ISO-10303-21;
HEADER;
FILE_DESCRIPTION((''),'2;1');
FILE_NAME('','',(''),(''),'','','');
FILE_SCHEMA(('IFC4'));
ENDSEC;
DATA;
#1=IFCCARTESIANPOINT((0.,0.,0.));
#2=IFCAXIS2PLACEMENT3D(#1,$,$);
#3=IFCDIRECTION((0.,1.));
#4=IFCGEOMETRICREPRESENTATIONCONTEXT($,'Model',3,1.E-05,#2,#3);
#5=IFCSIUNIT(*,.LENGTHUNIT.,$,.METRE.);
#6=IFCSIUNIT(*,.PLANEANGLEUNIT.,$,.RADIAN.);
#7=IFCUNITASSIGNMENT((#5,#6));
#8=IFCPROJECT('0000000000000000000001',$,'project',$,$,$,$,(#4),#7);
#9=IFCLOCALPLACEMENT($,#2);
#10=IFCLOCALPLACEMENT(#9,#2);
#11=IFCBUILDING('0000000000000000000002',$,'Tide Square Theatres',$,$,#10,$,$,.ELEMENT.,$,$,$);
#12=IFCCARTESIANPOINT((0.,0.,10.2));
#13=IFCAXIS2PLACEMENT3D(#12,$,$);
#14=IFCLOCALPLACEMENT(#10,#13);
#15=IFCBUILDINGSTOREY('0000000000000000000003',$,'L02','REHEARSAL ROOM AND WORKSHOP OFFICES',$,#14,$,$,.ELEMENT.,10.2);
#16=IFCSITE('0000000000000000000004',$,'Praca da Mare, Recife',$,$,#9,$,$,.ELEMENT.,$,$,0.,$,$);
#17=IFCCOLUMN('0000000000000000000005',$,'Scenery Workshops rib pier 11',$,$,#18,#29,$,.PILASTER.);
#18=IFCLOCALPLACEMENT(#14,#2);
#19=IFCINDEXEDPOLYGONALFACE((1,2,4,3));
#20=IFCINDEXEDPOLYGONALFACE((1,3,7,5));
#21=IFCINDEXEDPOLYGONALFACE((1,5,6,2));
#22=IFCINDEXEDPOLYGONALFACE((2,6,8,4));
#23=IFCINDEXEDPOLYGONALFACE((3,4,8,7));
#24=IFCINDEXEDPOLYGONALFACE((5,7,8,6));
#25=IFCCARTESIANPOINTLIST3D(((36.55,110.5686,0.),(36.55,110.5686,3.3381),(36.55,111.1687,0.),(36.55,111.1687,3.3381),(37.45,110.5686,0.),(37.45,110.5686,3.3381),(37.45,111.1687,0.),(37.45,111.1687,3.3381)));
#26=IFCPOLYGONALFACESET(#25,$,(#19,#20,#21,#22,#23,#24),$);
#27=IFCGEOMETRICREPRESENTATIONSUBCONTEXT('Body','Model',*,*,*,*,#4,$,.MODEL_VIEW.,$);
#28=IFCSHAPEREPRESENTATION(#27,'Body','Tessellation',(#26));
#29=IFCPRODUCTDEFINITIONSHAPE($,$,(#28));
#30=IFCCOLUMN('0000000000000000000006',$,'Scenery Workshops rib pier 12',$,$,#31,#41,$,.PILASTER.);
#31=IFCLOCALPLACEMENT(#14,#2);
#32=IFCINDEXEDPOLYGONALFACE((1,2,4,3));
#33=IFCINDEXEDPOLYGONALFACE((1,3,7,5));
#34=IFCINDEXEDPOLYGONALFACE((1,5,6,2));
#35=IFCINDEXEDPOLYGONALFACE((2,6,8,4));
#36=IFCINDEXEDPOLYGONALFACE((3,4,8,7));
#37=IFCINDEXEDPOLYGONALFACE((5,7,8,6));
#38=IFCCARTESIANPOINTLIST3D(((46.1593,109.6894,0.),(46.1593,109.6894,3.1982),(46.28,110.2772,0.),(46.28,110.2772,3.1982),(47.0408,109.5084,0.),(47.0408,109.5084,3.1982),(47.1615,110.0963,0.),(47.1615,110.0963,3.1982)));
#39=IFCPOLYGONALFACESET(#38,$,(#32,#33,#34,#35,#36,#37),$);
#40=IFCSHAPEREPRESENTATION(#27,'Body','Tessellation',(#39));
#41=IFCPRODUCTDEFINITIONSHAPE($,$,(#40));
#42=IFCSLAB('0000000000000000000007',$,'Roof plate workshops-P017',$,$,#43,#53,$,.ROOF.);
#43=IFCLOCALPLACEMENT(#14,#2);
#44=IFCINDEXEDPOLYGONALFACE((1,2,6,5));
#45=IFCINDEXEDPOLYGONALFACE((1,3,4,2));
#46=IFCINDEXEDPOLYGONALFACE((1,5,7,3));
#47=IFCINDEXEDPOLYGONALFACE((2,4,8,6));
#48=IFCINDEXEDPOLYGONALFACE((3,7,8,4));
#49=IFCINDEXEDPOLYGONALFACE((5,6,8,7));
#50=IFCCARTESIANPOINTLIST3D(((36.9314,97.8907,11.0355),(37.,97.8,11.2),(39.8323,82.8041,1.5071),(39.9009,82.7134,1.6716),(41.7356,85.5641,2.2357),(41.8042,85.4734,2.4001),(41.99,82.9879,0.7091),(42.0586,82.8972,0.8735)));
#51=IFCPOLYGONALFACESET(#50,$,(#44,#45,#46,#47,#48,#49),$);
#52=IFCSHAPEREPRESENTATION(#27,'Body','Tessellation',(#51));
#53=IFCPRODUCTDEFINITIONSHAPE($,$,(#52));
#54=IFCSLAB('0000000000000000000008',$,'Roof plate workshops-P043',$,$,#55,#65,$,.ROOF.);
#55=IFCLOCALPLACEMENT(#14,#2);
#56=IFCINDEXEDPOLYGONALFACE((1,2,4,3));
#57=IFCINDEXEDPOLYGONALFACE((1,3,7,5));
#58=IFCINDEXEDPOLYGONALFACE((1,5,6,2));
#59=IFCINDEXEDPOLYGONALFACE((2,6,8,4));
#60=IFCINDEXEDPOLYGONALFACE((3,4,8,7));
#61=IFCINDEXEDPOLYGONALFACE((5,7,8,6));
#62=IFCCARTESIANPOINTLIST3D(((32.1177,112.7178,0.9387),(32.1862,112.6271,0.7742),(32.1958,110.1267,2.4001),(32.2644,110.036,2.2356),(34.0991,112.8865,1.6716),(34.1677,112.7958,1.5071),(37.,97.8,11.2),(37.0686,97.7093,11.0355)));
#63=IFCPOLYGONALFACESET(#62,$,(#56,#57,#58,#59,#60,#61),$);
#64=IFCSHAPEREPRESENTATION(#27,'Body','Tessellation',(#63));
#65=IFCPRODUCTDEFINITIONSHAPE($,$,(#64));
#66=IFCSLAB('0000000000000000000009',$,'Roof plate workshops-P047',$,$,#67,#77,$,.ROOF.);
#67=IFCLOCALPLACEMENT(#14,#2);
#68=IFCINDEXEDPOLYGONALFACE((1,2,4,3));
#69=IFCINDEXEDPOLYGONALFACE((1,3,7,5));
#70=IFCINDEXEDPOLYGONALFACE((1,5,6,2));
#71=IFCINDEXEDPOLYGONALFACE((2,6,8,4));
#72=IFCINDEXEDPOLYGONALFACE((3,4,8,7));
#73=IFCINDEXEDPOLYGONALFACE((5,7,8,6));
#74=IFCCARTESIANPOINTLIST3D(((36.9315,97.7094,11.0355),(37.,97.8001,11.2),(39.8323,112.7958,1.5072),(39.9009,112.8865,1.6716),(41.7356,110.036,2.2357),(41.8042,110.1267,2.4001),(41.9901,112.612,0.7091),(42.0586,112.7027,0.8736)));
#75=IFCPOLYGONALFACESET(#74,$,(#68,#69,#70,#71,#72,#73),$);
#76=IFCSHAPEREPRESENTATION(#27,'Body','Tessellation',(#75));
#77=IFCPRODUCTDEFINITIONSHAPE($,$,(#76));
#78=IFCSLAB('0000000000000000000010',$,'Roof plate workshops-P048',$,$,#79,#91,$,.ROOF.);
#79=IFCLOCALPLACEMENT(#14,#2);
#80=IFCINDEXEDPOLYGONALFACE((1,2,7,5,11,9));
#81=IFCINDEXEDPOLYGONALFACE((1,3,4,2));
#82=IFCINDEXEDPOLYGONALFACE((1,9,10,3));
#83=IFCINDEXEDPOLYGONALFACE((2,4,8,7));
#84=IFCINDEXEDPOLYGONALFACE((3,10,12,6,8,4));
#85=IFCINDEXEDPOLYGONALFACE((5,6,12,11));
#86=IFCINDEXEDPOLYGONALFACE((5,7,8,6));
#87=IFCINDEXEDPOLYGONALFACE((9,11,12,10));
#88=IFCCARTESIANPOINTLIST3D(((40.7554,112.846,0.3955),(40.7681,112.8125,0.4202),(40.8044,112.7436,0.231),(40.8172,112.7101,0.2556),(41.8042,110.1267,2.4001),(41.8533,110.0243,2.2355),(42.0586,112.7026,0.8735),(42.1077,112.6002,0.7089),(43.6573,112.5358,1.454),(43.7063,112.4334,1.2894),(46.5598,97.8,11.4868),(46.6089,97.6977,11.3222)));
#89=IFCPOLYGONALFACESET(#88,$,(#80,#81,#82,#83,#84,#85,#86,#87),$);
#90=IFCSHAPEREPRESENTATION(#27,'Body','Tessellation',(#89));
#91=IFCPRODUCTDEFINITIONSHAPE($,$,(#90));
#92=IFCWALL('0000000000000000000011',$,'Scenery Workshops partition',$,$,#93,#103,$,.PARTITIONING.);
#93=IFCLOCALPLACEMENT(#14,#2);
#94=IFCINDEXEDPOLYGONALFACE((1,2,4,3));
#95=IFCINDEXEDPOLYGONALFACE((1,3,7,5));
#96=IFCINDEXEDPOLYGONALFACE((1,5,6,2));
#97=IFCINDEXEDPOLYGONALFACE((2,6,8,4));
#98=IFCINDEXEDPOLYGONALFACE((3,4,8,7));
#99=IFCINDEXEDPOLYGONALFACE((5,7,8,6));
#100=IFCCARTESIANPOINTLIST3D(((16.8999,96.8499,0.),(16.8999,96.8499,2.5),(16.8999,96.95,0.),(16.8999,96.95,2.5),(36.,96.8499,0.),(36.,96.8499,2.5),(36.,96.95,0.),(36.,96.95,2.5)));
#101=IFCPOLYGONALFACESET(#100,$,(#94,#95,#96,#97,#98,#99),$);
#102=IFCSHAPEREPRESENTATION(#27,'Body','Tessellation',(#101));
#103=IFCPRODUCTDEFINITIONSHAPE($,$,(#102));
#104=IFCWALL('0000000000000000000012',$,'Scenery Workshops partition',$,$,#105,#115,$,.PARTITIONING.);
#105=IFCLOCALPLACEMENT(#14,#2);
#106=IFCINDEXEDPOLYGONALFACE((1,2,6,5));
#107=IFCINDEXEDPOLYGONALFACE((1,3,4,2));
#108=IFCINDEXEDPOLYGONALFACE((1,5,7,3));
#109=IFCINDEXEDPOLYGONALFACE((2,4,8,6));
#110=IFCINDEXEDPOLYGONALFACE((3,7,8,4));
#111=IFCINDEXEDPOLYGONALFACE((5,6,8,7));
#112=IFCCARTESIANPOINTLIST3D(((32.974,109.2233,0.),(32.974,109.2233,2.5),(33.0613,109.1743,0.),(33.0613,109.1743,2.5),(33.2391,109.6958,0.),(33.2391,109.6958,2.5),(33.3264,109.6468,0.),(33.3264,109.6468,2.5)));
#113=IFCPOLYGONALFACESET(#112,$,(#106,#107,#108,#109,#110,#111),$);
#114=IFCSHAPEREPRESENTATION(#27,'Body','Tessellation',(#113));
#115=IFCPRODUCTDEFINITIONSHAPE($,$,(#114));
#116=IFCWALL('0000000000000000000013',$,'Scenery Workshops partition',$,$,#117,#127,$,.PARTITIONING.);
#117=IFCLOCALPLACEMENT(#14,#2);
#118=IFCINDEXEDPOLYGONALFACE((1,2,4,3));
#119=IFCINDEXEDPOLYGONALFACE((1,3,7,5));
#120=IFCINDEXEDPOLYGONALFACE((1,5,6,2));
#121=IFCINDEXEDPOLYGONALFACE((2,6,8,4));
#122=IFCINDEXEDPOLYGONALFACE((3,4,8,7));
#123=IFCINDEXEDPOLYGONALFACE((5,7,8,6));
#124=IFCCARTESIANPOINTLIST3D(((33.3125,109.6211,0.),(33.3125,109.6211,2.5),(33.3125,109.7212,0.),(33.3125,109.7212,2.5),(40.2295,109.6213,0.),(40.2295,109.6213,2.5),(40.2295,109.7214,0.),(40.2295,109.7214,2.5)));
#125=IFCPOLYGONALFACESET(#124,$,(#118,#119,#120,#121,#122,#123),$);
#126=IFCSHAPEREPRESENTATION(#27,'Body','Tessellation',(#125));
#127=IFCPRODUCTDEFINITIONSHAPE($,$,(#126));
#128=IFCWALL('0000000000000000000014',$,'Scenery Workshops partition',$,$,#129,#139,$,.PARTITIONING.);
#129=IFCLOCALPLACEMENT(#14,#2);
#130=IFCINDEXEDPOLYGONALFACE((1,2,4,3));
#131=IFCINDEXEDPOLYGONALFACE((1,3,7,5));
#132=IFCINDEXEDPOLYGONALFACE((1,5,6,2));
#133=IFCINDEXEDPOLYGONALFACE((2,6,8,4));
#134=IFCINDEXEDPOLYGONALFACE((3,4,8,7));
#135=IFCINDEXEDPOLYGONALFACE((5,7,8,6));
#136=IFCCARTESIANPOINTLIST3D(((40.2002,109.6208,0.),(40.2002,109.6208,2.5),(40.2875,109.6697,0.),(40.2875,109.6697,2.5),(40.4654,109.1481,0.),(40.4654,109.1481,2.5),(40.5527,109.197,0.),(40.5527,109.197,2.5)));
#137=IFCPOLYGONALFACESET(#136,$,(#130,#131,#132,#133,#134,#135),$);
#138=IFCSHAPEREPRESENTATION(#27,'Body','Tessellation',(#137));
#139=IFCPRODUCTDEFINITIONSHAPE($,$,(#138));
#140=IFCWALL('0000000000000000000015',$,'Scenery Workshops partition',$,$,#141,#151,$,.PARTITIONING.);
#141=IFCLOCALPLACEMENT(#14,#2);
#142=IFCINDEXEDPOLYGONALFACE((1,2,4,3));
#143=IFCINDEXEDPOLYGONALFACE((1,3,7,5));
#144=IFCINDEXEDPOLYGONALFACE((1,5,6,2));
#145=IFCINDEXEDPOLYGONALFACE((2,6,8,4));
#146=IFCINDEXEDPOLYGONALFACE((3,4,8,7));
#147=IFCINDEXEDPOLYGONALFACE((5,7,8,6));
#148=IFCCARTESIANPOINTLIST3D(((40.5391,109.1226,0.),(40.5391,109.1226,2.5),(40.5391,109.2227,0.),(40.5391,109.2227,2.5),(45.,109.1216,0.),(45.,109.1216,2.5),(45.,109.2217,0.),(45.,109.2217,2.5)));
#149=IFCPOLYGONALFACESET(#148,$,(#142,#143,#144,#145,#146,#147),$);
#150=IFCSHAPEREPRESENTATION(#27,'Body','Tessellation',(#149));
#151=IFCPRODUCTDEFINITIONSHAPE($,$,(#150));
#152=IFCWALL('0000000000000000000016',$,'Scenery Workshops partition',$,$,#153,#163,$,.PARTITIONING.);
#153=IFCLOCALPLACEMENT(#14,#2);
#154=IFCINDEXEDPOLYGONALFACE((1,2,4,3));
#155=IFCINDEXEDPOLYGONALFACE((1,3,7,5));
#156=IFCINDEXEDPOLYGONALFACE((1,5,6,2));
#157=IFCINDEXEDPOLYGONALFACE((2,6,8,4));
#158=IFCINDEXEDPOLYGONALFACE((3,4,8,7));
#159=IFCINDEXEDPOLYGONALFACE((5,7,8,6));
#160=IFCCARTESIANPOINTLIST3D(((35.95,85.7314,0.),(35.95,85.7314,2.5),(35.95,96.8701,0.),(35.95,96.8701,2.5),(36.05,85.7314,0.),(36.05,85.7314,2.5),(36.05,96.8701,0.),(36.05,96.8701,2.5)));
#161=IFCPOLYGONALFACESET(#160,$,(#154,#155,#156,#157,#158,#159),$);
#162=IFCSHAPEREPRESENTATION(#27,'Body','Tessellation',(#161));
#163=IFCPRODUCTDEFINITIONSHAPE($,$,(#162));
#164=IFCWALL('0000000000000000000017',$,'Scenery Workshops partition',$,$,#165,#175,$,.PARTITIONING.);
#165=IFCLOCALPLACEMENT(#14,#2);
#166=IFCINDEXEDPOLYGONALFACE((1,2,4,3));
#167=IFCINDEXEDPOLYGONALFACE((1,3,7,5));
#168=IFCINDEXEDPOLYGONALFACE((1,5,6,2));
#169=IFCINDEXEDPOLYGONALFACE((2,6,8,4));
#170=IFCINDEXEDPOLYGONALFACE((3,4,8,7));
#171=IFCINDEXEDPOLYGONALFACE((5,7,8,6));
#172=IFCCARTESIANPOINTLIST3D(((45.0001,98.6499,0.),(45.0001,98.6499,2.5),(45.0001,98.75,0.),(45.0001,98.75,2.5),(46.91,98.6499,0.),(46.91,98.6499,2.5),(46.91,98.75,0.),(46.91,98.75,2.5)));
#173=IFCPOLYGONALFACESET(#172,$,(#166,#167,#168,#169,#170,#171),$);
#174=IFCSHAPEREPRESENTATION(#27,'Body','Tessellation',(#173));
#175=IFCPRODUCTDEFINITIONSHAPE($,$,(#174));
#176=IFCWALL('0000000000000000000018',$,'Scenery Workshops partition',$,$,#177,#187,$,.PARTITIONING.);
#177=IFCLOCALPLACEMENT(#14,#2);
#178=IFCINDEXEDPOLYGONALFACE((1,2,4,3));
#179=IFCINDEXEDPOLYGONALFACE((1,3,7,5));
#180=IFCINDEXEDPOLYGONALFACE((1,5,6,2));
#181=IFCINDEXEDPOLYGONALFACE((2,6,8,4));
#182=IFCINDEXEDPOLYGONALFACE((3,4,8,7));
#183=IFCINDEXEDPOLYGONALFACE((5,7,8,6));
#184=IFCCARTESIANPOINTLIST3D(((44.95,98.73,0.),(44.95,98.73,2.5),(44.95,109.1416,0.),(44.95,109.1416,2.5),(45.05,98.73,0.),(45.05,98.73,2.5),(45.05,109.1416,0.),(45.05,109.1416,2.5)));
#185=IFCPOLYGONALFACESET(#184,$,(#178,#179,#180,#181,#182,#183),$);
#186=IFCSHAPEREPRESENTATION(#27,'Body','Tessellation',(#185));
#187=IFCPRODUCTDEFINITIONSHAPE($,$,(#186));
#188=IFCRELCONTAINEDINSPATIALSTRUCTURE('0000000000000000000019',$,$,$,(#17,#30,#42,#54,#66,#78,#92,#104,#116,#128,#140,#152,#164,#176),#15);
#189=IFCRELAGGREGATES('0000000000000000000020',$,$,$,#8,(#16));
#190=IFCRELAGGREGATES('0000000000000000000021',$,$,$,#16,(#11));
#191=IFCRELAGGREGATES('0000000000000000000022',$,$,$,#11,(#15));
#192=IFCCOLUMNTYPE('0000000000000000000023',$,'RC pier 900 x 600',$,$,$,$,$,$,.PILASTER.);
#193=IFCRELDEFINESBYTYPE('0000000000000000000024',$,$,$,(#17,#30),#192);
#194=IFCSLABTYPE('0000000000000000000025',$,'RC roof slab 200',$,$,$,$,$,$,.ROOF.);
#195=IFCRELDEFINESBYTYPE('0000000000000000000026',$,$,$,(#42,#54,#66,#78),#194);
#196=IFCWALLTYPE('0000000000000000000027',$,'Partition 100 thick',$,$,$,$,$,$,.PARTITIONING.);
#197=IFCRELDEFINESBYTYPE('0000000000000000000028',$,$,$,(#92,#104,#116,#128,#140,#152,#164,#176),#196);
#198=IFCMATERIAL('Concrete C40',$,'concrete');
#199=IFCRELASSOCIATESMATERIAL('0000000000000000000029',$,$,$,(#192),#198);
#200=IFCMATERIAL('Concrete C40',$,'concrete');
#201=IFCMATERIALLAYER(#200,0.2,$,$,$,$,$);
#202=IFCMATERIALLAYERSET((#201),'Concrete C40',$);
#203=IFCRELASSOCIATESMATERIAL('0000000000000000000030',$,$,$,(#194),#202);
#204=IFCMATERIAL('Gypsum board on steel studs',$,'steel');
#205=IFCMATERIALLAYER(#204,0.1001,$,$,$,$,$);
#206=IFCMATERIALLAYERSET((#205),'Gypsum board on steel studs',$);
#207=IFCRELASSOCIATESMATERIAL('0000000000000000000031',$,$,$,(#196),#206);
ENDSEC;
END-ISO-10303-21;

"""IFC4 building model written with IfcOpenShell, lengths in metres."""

from ifc_helpers import new_model, si_unit, direction, frame, frame_2d, origin, origin_2d, place, context, subcontext, project, spatial, polyline, rectangle, outline, extrude, material, layer, layer_set, material_profile, profile_set, type_object, element, save


model = new_model("IFC4")

# Units and contexts
model_context = context("Model", 3, precision=1e-05, world=origin(), true_north=direction((0.0, 1.0)))
body_context = subcontext(model_context, "Body", "Model", "MODEL_VIEW")
ifc_project = project(units=[si_unit("LENGTHUNIT", "METRE"), si_unit("PLANEANGLEUNIT", "RADIAN")], contexts=[model_context])

# Site, building, storey
site_placement = place(None, origin())
site = spatial("IfcSite", under=ifc_project, at=site_placement, Name="Praca da Mare, Recife", CompositionType="ELEMENT", RefElevation=0.0)
building_placement = place(site_placement, origin())
building = spatial("IfcBuilding", under=site, at=building_placement, Name="Tide Square Theatres", CompositionType="ELEMENT")
storey_placement = place(building_placement, frame((0.0, 0.0, 10.2)))
storey = spatial("IfcBuildingStorey", under=building, at=storey_placement, Name="L02", Description="REHEARSAL ROOM AND WORKSHOP OFFICES", CompositionType="ELEMENT", Elevation=10.2)

# Columns
ifc_material_1 = material(Name="Concrete C40", Category="concrete")
ifc_material_profile = material_profile(ifc_material_1, rectangle(XDim=0.8999, YDim=0.6001, at=origin_2d()))
ifc_profile_set = profile_set([ifc_material_profile], Name="Concrete C40")
column_type = type_object("IfcColumnType", Name="RC pier 900 x 600", PredefinedType="PILASTER", material=ifc_profile_set)
column_1_placement = place(storey_placement, frame((37.0, 110.8687, 0.0), z_axis=(0.0, 0.0, 1.0), x_axis=(-1.0, 0.0, 0.0)))
element("IfcColumn", 1, at=column_1_placement, inside=storey, type_object=column_type, Name="Scenery Workshops rib pier 11", PredefinedType="PILASTER", context=body_context, shape_type="SweptSolid", body=[
    extrude(rectangle(XDim=0.8999, YDim=0.6001, at=origin_2d()), origin(), (0.0, 0.0, 1.0), 3.3381),
])
column_2_placement = place(storey_placement, frame((46.6604, 109.8928, 0.0), z_axis=(0.0, 0.0, 1.0), x_axis=(-0.979575, 0.201079, 0.0)))
element("IfcColumn", 2, at=column_2_placement, inside=storey, type_object=column_type, Name="Scenery Workshops rib pier 12", PredefinedType="PILASTER", context=body_context, shape_type="SweptSolid", body=[
    extrude(rectangle(XDim=0.8999, YDim=0.6001, at=origin_2d()), origin(), (0.0, 0.0, 1.0), 3.1982),
])

# Slabs
ifc_material_2 = material(Name="Concrete C40", Category="concrete")
ifc_layer_1 = layer(ifc_material_2, 0.2)
ifc_layer_set_1 = layer_set([ifc_layer_1], Name="Concrete C40")
slab_type = type_object("IfcSlabType", Name="RC roof slab 200", PredefinedType="ROOF", material=ifc_layer_set_1)
slab_1_placement = place(storey_placement, frame((37.0, 97.8, 11.2), z_axis=(0.342904, -0.453597, 0.822598), x_axis=(0.160465, -0.834535, -0.52707)))
element("IfcSlab", 3, at=slab_1_placement, inside=storey, type_object=slab_type, Name="Roof plate workshops-P017", PredefinedType="ROOF", context=body_context, shape_type="SweptSolid", body=[
    extrude(outline(polyline([(0.0, 0.0), (18.0779, 0.0), (18.6914, 2.2249), (15.696, 2.4693), (0.0, 0.0)])), origin(), (0.0, 0.0, -1.0), 0.2),
])
slab_2_placement = place(storey_placement, frame((37.0, 97.8, 11.2), z_axis=(-0.34287, 0.453615, 0.822602), x_axis=(-0.160466, 0.83453, -0.527077)))
element("IfcSlab", 4, at=slab_2_placement, inside=storey, type_object=slab_type, Name="Roof plate workshops-P043", PredefinedType="ROOF", context=body_context, shape_type="SweptSolid", body=[
    extrude(outline(polyline([(0.0, 0.0), (18.0777, 0.0), (18.6412, 2.0431), (15.6961, 2.4693), (0.0, 0.0)])), origin(), (0.0, 0.0, -1.0), 0.2),
])
slab_3_placement = place(storey_placement, frame((39.9009, 112.8865, 1.6716), z_axis=(0.342873, 0.453616, 0.8226), x_axis=(-0.160465, -0.834529, 0.527079)))
element("IfcSlab", 5, at=slab_3_placement, inside=storey, type_object=slab_type, Name="Roof plate workshops-P047", PredefinedType="ROOF", context=body_context, shape_type="SweptSolid", body=[
    extrude(outline(polyline([(0.0, 0.0), (18.0777, 0.0), (2.3817, 2.4693), (-0.6135, 2.2249), (0.0, 0.0)])), origin(), (0.0, 0.0, -1.0), 0.2),
])
slab_4_placement = place(storey_placement, frame((46.5598, 97.8, 11.4868), z_axis=(-0.245502, 0.512061, 0.823118), x_axis=(-0.160702, 0.815857, -0.555474)))
element("IfcSlab", 6, at=slab_4_placement, inside=storey, type_object=slab_type, Name="Roof plate workshops-P048", PredefinedType="ROOF", context=body_context, shape_type="SweptSolid", body=[
    extrude(outline(polyline([(0.0, 0.0), (18.0617, 0.0), (19.369, 2.8157), (19.326, 2.8097), (18.7771, 1.552), (15.8684, 2.307), (0.0, 0.0)])), origin(), (0.0, 0.0, -1.0), 0.2),
])

# Walls
ifc_material_3 = material(Name="Gypsum board on steel studs", Category="steel")
ifc_layer_2 = layer(ifc_material_3, 0.1001)
ifc_layer_set_2 = layer_set([ifc_layer_2], Name="Gypsum board on steel studs")
wall_type_1 = type_object("IfcWallType", Name="Partition 100 thick", PredefinedType="PARTITIONING", material=ifc_layer_set_2)
wall_1_placement = place(storey_placement, frame((36.0, 96.8999, 0.0), z_axis=(0.0, 0.0, 1.0), x_axis=(-1.0, 0.0, 0.0)))
element("IfcWall", 7, at=wall_1_placement, inside=storey, type_object=wall_type_1, Name="Scenery Workshops partition", PredefinedType="PARTITIONING", context=body_context, shape_type="SweptSolid", body=[
    extrude(rectangle(XDim=19.1001, YDim=0.1001, at=frame_2d((9.55, 0.0))), origin(), (0.0, 0.0, 1.0), 2.5),
])
wall_2_placement = place(storey_placement, frame((33.0176, 109.1987, 0.0), z_axis=(0.0, 0.0, 1.0), x_axis=(0.489427, 0.872045, 0.0)))
element("IfcWall", 8, at=wall_2_placement, inside=storey, type_object=wall_type_1, Name="Scenery Workshops partition", PredefinedType="PARTITIONING", context=body_context, shape_type="SweptSolid", body=[
    extrude(rectangle(XDim=0.5417, YDim=0.1001, at=frame_2d((0.271, 0.0))), origin(), (0.0, 0.0, 1.0), 2.5),
])
wall_3_placement = place(storey_placement, frame((33.3125, 109.6711, 0.0), z_axis=(0.0, 0.0, 1.0), x_axis=(1.0, 0.000035, 0.0)))
element("IfcWall", 9, at=wall_3_placement, inside=storey, type_object=wall_type_1, Name="Scenery Workshops partition", PredefinedType="PARTITIONING", context=body_context, shape_type="SweptSolid", body=[
    extrude(rectangle(XDim=6.917, YDim=0.1001, at=frame_2d((3.4585, 0.0))), origin(), (0.0, 0.0, 1.0), 2.5),
])
wall_4_placement = place(storey_placement, frame((40.2439, 109.6453, 0.0), z_axis=(0.0, 0.0, 1.0), x_axis=(0.489234, -0.872152, 0.0)))
element("IfcWall", 10, at=wall_4_placement, inside=storey, type_object=wall_type_1, Name="Scenery Workshops partition", PredefinedType="PARTITIONING", context=body_context, shape_type="SweptSolid", body=[
    extrude(rectangle(XDim=0.542, YDim=0.1001, at=frame_2d((0.271, 0.0))), origin(), (0.0, 0.0, 1.0), 2.5),
])
wall_5_placement = place(storey_placement, frame((40.5391, 109.1726, 0.0), z_axis=(0.0, 0.0, 1.0), x_axis=(1.0, -0.000219, 0.0)))
element("IfcWall", 11, at=wall_5_placement, inside=storey, type_object=wall_type_1, Name="Scenery Workshops partition", PredefinedType="PARTITIONING", context=body_context, shape_type="SweptSolid", body=[
    extrude(rectangle(XDim=4.4609, YDim=0.1001, at=frame_2d((2.2305, 0.0))), origin(), (0.0, 0.0, 1.0), 2.5),
])
wall_6_placement = place(storey_placement, frame((36.0, 96.8701, 0.0), z_axis=(0.0, 0.0, 1.0), x_axis=(0.0, -1.0, 0.0)))
element("IfcWall", 12, at=wall_6_placement, inside=storey, type_object=wall_type_1, Name="Scenery Workshops partition", PredefinedType="PARTITIONING", context=body_context, shape_type="SweptSolid", body=[
    extrude(rectangle(XDim=11.1387, YDim=0.1001, at=frame_2d((5.5693, 0.0))), origin(), (0.0, 0.0, 1.0), 2.5),
])
wall_7_placement = place(storey_placement, frame((45.0, 98.7, 0.0), z_axis=(0.0, 0.0, 1.0), x_axis=(1.0, 0.0, 0.0)))
element("IfcWall", 13, at=wall_7_placement, inside=storey, type_object=wall_type_1, Name="Scenery Workshops partition", PredefinedType="PARTITIONING", context=body_context, shape_type="SweptSolid", body=[
    extrude(rectangle(XDim=1.9099, YDim=0.1001, at=frame_2d((0.9551, 0.0))), origin(), (0.0, 0.0, 1.0), 2.5),
])
wall_8_placement = place(storey_placement, frame((45.0, 109.1416, 0.0), z_axis=(0.0, 0.0, 1.0), x_axis=(0.0, -1.0, 0.0)))
element("IfcWall", 14, at=wall_8_placement, inside=storey, type_object=wall_type_1, Name="Scenery Workshops partition", PredefinedType="PARTITIONING", context=body_context, shape_type="SweptSolid", body=[
    extrude(rectangle(XDim=10.4116, YDim=0.1001, at=frame_2d((5.2058, 0.0))), origin(), (0.0, 0.0, 1.0), 2.5),
])

save(model, "model.ifc")
